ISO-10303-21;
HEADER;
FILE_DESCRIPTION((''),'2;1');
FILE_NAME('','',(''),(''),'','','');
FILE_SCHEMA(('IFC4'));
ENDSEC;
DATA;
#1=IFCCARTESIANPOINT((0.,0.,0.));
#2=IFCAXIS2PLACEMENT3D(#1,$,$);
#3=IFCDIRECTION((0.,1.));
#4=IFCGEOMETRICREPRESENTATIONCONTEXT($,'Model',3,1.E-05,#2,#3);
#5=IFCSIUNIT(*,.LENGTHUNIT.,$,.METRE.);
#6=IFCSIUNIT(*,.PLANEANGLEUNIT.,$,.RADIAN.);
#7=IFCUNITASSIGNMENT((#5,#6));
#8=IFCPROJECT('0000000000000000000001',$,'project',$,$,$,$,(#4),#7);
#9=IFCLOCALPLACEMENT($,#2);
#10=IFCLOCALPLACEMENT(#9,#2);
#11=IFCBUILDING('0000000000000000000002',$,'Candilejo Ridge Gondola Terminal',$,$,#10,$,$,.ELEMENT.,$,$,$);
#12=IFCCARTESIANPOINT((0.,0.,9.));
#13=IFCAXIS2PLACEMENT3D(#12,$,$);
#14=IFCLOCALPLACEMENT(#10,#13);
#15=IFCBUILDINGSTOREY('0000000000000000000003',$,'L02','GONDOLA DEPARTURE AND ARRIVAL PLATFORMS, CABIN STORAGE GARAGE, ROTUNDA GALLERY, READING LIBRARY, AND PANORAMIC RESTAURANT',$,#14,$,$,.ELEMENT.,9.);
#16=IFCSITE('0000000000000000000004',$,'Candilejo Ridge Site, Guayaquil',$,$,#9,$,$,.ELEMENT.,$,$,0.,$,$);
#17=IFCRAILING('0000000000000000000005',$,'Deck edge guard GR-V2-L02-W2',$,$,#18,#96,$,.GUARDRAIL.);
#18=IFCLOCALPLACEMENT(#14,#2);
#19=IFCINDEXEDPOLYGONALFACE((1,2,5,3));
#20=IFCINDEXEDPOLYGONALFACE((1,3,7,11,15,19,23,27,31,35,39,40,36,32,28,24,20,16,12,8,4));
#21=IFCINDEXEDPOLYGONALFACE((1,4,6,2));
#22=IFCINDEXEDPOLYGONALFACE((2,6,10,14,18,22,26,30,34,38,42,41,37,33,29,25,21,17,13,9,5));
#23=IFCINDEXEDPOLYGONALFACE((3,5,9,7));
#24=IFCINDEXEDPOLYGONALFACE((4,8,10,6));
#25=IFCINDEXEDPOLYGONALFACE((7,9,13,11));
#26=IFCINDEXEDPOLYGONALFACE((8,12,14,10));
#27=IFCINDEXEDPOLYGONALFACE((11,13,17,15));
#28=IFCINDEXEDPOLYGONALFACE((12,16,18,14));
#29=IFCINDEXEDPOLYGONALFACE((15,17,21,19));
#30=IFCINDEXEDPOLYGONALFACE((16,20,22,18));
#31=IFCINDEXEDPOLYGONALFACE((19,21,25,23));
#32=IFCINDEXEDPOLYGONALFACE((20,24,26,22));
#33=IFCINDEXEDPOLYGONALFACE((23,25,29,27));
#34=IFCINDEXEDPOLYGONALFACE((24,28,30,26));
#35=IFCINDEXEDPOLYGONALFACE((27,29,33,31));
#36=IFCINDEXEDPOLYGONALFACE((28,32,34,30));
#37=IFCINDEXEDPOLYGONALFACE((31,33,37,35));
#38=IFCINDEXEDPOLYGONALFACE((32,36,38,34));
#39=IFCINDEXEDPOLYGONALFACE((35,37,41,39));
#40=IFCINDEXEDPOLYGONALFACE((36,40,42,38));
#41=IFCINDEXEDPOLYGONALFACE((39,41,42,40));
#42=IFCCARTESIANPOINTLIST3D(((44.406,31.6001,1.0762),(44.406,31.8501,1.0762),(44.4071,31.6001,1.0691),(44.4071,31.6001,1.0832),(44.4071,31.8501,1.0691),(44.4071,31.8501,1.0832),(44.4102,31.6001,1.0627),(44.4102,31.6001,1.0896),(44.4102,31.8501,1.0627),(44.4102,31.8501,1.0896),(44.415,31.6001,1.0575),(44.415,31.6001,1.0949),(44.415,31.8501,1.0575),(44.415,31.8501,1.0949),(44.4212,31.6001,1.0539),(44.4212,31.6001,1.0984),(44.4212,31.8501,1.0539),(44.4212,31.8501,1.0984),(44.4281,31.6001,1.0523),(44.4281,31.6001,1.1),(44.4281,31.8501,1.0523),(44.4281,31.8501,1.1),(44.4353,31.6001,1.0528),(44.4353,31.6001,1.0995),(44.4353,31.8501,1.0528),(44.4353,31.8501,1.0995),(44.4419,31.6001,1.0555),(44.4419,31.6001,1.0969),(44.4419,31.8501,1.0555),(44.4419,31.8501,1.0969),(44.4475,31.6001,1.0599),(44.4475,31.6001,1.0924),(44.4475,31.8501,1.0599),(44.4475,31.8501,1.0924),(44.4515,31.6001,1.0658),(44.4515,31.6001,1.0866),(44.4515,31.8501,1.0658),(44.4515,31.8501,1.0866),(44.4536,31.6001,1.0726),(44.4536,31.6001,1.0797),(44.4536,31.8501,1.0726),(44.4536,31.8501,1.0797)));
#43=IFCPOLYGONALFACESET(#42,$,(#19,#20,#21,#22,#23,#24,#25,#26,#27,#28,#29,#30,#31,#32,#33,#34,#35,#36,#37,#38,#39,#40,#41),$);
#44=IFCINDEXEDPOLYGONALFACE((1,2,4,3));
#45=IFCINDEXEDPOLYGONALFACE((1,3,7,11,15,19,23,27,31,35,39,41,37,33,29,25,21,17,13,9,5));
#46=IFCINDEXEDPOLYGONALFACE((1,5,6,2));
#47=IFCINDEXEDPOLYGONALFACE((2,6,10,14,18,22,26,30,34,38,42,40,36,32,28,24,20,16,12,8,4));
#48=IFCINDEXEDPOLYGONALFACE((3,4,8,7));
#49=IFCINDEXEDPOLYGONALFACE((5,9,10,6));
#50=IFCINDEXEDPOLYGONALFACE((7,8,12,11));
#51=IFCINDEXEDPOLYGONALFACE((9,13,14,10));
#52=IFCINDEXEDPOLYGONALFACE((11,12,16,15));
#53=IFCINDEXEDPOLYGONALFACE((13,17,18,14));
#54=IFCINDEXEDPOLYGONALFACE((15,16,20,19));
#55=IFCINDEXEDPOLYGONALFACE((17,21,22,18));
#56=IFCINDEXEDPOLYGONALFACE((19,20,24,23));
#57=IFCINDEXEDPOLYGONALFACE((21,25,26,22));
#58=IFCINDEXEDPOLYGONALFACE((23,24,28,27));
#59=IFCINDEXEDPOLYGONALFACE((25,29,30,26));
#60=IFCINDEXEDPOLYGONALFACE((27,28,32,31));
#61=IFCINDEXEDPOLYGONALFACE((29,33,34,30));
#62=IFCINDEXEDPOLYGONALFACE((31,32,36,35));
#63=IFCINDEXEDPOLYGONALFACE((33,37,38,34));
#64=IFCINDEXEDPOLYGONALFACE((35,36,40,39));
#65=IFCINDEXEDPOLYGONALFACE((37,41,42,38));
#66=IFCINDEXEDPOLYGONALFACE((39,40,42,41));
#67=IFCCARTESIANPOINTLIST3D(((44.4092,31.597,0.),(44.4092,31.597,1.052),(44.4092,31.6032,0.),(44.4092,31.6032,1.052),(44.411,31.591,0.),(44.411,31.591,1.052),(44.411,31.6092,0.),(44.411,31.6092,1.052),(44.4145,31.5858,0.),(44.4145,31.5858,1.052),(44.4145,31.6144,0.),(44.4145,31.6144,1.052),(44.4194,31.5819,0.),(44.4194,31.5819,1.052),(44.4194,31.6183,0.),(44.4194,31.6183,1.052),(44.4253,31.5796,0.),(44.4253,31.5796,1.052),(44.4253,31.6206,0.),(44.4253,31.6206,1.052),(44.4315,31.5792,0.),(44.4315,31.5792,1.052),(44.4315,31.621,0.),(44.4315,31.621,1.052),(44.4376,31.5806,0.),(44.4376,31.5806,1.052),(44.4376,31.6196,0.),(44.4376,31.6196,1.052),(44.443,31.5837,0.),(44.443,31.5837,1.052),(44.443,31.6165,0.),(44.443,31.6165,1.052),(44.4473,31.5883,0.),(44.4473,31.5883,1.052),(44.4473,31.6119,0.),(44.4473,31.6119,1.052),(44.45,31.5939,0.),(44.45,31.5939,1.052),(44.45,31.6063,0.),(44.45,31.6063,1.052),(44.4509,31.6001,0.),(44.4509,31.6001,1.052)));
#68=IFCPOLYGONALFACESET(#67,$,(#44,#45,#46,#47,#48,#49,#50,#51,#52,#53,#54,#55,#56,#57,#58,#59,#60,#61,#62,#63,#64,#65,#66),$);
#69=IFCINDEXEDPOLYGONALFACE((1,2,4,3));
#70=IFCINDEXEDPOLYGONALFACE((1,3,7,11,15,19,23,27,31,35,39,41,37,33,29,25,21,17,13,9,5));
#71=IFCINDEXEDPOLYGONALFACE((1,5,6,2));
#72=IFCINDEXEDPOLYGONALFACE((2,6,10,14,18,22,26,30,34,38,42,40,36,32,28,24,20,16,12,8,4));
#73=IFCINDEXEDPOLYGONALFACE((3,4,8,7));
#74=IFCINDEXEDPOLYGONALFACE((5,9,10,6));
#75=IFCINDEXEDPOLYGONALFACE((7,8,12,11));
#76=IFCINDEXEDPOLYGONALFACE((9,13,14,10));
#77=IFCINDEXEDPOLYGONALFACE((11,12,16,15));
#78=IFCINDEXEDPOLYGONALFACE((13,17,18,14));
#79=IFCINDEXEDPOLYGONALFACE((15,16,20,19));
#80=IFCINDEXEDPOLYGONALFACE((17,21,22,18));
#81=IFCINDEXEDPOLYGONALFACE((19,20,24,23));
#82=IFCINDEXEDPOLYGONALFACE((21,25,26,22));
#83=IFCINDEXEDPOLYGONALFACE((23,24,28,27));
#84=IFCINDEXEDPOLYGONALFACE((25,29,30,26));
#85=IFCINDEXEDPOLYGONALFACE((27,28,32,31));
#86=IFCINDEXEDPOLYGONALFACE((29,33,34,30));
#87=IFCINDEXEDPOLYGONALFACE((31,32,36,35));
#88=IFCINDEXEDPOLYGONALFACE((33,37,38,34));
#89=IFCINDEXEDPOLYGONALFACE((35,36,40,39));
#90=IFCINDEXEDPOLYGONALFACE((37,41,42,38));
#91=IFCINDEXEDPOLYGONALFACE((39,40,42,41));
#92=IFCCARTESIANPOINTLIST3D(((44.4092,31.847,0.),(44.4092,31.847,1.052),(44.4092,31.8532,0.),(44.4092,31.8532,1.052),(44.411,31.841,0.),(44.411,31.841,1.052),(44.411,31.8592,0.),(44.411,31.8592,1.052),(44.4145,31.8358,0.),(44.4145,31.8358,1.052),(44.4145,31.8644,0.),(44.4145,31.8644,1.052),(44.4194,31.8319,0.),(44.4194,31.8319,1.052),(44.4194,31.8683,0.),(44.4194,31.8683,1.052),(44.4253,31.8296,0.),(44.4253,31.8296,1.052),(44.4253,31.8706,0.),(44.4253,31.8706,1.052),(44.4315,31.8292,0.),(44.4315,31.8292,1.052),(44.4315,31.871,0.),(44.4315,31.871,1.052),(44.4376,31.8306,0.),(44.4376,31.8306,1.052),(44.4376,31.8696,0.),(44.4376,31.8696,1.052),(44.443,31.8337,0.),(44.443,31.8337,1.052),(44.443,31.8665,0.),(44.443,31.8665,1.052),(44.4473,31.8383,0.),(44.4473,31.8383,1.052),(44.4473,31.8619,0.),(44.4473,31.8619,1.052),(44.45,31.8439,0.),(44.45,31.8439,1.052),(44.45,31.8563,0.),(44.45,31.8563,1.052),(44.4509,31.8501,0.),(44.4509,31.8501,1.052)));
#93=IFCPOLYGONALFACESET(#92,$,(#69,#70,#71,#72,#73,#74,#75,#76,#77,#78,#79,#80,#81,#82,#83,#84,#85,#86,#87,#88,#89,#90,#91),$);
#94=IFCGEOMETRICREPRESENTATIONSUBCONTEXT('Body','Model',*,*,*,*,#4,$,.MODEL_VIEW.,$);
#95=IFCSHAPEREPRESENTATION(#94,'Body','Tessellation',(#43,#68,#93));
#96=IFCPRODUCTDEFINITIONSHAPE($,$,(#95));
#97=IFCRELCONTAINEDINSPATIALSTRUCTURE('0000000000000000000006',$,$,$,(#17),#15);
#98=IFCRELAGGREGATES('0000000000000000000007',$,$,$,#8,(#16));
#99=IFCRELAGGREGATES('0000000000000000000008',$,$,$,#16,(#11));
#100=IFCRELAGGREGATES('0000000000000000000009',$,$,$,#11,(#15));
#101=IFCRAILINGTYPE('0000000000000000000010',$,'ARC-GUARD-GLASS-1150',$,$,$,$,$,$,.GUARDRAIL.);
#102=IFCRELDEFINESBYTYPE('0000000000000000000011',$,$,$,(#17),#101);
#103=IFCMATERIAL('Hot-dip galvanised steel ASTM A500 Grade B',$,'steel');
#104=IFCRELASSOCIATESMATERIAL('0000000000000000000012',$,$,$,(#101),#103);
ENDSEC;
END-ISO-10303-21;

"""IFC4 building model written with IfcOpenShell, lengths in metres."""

from ifc_helpers import new_model, si_unit, direction, frame, origin, origin_2d, place, context, subcontext, project, spatial, circle, extrude, material, type_object, element, save


model = new_model("IFC4")

# Units and contexts
model_context = context("Model", 3, precision=1e-05, world=origin(), true_north=direction((0.0, 1.0)))
body_context = subcontext(model_context, "Body", "Model", "MODEL_VIEW")
ifc_project = project(units=[si_unit("LENGTHUNIT", "METRE"), si_unit("PLANEANGLEUNIT", "RADIAN")], contexts=[model_context])

# Site, building, storey
site_placement = place(None, origin())
site = spatial("IfcSite", under=ifc_project, at=site_placement, Name="Candilejo Ridge Site, Guayaquil", CompositionType="ELEMENT", RefElevation=0.0)
building_placement = place(site_placement, origin())
building = spatial("IfcBuilding", under=site, at=building_placement, Name="Candilejo Ridge Gondola Terminal", CompositionType="ELEMENT")
storey_placement = place(building_placement, frame((0.0, 0.0, 9.0)))
storey = spatial("IfcBuildingStorey", under=building, at=storey_placement, Name="L02", Description="GONDOLA DEPARTURE AND ARRIVAL PLATFORMS, CABIN STORAGE GARAGE, ROTUNDA GALLERY, READING LIBRARY, AND PANORAMIC RESTAURANT", CompositionType="ELEMENT", Elevation=9.0)

# Railing
ifc_material_1 = material(Name="Hot-dip galvanised steel ASTM A500 Grade B", Category="steel")
railing_type = type_object("IfcRailingType", Name="ARC-GUARD-GLASS-1150", PredefinedType="GUARDRAIL", material=ifc_material_1)
railing_placement = place(storey_placement, frame((44.4299, 31.6001, 0.0)))
element("IfcRailing", 1, at=railing_placement, inside=storey, type_object=railing_type, Name="Deck edge guard GR-V2-L02-W2", PredefinedType="GUARDRAIL", context=body_context, shape_type="SweptSolid", body=[
    extrude(circle(Radius=0.0239, at=origin_2d()), frame((0.0, 0.0, 1.0762), z_axis=(0.0, 1.0, 0.0), x_axis=(-1.0, 0.0, 0.0)), (0.0, 0.0, 1.0), 0.25),
    extrude(circle(Radius=0.021, at=origin_2d()), origin(), (0.0, 0.0, 1.0), 1.052),
    extrude(circle(Radius=0.021, at=origin_2d()), frame((0.0, 0.25, 0.0)), (0.0, 0.0, 1.0), 1.052),
])

save(model, "model.ifc")
